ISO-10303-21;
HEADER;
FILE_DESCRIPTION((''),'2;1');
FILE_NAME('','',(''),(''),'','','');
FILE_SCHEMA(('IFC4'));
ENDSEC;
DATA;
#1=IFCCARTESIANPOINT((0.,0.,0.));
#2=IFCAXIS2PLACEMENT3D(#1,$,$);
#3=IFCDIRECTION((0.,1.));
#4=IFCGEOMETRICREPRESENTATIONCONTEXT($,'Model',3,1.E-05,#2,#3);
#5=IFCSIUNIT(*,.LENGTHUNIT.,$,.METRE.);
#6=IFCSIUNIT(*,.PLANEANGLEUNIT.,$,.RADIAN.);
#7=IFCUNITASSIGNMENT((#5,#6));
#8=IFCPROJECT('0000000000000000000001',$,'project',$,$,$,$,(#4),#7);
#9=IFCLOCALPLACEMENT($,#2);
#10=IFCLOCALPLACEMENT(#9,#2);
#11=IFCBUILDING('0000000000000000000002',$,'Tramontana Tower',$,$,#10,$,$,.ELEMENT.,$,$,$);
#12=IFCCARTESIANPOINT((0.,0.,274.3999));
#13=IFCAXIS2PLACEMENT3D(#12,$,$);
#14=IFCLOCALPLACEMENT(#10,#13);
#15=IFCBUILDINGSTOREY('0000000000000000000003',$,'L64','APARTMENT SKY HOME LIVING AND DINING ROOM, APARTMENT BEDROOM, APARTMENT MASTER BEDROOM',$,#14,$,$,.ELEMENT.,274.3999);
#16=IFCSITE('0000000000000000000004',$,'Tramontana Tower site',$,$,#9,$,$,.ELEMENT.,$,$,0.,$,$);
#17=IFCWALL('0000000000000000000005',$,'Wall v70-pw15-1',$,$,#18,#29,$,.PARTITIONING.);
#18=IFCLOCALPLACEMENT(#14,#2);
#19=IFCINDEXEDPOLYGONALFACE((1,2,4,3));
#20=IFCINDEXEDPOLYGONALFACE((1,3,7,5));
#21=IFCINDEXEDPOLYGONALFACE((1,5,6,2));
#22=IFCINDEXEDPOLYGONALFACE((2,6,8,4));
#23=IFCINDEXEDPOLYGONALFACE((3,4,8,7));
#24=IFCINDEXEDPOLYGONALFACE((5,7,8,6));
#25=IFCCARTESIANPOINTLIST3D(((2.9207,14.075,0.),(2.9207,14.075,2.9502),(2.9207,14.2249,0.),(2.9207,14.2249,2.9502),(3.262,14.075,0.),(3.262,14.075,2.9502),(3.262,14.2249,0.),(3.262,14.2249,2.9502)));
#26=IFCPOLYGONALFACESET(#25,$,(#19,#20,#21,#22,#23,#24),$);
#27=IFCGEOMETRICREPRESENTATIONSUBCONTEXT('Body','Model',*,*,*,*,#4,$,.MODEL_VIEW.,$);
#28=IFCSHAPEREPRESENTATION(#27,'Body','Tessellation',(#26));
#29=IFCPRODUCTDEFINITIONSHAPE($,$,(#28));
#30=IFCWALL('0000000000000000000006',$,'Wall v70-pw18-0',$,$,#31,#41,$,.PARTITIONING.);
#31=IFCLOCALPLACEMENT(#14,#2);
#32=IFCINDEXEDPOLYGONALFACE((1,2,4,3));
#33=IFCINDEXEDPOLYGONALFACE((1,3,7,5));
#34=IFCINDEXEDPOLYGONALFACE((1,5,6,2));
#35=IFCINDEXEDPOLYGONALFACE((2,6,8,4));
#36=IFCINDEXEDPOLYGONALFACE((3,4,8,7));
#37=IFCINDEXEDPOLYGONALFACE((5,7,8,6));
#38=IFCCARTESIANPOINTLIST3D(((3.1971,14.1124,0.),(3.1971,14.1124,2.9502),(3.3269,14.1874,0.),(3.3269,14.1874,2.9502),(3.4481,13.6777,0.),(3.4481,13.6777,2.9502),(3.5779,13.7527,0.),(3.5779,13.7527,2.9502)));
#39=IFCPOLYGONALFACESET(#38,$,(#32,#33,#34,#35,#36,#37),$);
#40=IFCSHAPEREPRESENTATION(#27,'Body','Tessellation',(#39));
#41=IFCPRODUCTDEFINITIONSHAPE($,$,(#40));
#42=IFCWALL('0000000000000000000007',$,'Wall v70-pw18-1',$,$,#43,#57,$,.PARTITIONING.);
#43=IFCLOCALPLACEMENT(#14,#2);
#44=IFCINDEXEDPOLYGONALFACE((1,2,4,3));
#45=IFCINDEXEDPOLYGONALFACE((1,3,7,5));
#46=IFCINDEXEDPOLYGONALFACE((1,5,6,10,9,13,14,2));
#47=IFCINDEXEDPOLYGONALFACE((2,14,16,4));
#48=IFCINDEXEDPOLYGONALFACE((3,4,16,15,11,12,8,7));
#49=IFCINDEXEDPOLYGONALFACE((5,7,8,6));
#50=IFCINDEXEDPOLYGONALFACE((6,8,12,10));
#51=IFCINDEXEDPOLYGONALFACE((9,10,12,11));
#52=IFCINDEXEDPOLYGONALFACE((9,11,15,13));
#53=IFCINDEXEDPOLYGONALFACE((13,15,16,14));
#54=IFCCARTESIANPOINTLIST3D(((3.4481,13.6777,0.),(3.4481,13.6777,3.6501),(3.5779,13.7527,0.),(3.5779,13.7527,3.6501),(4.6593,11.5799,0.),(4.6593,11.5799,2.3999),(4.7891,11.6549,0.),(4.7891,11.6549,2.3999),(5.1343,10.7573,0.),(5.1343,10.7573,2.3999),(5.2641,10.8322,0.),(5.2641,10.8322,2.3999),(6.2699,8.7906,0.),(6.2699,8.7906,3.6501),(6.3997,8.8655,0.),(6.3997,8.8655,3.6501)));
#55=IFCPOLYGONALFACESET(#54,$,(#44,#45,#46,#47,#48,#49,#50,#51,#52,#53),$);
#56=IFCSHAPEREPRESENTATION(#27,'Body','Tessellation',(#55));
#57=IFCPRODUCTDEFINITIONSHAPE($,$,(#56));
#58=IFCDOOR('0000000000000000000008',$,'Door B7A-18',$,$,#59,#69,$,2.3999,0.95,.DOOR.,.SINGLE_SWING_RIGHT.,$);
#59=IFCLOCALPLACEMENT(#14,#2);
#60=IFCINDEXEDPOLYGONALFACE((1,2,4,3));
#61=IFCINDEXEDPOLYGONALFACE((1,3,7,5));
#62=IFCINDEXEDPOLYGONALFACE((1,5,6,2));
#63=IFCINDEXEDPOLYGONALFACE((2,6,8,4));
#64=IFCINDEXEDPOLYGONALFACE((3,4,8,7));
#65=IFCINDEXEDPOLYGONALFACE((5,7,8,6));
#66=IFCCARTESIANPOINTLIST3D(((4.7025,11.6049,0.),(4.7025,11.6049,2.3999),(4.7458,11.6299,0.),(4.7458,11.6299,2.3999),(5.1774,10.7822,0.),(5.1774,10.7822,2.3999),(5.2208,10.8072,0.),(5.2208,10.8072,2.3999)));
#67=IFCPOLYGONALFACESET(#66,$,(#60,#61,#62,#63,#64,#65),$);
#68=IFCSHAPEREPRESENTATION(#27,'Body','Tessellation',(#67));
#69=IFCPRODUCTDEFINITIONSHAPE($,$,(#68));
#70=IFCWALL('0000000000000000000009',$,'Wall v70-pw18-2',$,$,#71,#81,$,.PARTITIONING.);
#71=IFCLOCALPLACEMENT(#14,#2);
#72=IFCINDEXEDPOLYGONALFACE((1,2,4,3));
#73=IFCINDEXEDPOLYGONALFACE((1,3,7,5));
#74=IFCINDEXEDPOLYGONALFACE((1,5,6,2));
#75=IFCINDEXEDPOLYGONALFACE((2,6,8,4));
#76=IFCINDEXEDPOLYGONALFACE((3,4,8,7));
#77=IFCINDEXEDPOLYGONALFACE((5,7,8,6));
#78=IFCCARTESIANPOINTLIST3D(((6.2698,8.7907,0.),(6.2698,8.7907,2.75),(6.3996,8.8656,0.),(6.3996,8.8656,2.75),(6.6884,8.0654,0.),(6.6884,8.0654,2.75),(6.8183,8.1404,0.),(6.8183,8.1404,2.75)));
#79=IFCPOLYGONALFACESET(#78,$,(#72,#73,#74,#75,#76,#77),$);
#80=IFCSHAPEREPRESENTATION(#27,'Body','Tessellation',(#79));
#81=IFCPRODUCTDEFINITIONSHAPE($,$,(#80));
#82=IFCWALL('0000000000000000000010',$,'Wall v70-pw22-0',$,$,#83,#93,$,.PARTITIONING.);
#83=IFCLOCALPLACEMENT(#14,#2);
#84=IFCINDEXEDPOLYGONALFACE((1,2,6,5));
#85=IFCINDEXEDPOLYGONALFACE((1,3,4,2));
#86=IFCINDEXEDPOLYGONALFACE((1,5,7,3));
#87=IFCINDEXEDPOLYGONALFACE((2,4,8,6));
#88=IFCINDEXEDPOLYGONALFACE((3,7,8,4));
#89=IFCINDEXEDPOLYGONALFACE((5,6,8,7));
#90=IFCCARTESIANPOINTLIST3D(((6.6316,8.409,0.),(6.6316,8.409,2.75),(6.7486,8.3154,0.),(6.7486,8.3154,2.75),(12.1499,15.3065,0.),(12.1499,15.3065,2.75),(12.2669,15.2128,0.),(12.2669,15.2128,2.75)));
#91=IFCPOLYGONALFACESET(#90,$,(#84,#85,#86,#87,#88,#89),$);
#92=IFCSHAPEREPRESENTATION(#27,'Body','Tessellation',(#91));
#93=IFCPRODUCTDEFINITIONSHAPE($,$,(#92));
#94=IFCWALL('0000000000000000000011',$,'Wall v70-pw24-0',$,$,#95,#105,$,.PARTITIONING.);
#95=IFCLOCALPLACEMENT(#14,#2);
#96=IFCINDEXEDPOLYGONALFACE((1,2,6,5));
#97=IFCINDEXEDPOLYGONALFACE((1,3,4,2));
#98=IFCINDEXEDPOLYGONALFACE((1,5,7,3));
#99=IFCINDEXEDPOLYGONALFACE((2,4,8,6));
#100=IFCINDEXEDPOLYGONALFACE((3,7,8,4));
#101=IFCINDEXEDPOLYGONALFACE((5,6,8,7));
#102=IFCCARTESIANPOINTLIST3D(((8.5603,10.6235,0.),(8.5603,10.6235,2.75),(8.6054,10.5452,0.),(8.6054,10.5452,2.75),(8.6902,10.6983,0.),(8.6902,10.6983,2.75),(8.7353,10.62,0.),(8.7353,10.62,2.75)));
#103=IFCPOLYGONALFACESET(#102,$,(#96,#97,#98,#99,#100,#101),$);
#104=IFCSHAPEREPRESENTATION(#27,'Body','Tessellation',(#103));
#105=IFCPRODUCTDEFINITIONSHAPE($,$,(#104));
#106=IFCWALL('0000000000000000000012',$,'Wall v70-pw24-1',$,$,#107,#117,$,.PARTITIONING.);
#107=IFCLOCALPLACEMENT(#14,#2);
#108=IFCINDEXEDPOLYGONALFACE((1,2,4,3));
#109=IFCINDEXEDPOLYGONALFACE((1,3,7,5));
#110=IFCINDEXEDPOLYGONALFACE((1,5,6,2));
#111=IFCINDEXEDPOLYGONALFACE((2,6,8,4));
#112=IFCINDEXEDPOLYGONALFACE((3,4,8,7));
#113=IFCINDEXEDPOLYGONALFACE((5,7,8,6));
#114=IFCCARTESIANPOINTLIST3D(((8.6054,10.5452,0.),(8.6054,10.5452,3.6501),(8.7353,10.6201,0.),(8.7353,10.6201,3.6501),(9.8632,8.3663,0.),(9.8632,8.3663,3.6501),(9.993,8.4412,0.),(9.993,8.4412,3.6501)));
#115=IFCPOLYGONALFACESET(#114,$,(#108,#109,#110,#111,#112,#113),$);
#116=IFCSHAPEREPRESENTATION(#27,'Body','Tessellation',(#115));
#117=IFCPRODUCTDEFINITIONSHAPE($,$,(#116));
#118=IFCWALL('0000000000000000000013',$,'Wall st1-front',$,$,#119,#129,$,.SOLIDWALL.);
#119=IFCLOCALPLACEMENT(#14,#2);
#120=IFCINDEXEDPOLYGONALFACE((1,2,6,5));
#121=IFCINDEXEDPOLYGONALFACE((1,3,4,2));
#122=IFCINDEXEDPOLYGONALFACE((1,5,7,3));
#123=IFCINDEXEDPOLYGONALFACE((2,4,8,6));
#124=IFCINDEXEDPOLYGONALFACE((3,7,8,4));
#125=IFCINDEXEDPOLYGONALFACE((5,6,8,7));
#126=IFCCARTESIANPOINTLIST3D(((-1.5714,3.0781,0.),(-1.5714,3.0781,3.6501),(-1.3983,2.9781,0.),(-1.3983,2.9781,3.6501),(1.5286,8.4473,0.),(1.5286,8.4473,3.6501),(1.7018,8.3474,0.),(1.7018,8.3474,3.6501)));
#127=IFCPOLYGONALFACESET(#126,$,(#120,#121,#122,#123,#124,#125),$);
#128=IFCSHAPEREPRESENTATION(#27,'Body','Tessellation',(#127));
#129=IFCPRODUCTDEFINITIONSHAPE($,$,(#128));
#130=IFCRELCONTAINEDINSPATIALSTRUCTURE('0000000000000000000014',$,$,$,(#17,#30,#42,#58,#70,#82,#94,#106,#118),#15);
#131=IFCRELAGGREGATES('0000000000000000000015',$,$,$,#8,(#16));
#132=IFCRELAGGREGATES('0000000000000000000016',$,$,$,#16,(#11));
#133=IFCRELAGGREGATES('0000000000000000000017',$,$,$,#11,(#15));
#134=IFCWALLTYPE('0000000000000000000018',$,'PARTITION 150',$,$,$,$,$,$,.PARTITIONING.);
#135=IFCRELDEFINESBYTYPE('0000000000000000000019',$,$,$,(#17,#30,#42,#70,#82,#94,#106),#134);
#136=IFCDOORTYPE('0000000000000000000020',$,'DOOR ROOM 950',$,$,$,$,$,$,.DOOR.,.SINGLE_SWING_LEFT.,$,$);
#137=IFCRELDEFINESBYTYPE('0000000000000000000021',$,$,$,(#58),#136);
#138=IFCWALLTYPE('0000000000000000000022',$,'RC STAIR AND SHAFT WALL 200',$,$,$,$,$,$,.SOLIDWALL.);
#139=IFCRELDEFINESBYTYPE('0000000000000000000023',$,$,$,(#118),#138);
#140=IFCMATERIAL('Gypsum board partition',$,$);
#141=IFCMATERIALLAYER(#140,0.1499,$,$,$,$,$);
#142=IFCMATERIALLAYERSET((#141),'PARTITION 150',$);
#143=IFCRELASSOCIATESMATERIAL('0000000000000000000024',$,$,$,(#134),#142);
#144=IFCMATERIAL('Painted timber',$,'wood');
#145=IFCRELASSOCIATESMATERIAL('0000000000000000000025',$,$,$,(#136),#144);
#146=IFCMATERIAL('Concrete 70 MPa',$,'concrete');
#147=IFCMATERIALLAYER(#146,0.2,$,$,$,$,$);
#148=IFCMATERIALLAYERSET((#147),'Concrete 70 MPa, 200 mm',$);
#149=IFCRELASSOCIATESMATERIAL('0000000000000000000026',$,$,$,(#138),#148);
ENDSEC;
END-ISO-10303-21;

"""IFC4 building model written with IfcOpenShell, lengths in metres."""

from ifc_helpers import new_model, si_unit, direction, frame, frame_2d, origin, place, context, subcontext, project, spatial, rectangle, extrude, material, layer, layer_set, type_object, element, fill, save


model = new_model("IFC4")

# Units and contexts
model_context = context("Model", 3, precision=1e-05, world=origin(), true_north=direction((0.0, 1.0)))
body_context = subcontext(model_context, "Body", "Model", "MODEL_VIEW")
ifc_project = project(units=[si_unit("LENGTHUNIT", "METRE"), si_unit("PLANEANGLEUNIT", "RADIAN")], contexts=[model_context])

# Site, building, storey
site_placement = place(None, origin())
site = spatial("IfcSite", under=ifc_project, at=site_placement, Name="Tramontana Tower site", CompositionType="ELEMENT", RefElevation=0.0)
building_placement = place(site_placement, origin())
building = spatial("IfcBuilding", under=site, at=building_placement, Name="Tramontana Tower", CompositionType="ELEMENT")
storey_placement = place(building_placement, frame((0.0, 0.0, 274.3999)))
storey = spatial("IfcBuildingStorey", under=building, at=storey_placement, Name="L64", Description="APARTMENT SKY HOME LIVING AND DINING ROOM, APARTMENT BEDROOM, APARTMENT MASTER BEDROOM", CompositionType="ELEMENT", Elevation=274.3999)

# Walls
ifc_material_1 = material(Name="Gypsum board partition")
ifc_layer_1 = layer(ifc_material_1, 0.1499)
ifc_layer_set_1 = layer_set([ifc_layer_1], Name="PARTITION 150")
wall_type_1 = type_object("IfcWallType", Name="PARTITION 150", PredefinedType="PARTITIONING", material=ifc_layer_set_1)
wall_1_placement = place(storey_placement, frame((2.9207, 14.1499, 0.0), z_axis=(0.0, 0.0, 1.0), x_axis=(1.0, 0.0, 0.0)))
element("IfcWall", 1, at=wall_1_placement, inside=storey, type_object=wall_type_1, Name="Wall v70-pw15-1", PredefinedType="PARTITIONING", context=body_context, shape_type="SweptSolid", body=[
    extrude(rectangle(XDim=0.3413, YDim=0.1499, at=frame_2d((0.1707, 0.0))), origin(), (0.0, 0.0, 1.0), 2.9502),
])
wall_2_placement = place(storey_placement, frame((3.262, 14.1499, 0.0), z_axis=(0.0, 0.0, 1.0), x_axis=(0.500115, -0.865959, 0.0)))
element("IfcWall", 2, at=wall_2_placement, inside=storey, type_object=wall_type_1, Name="Wall v70-pw18-0", PredefinedType="PARTITIONING", context=body_context, shape_type="SweptSolid", body=[
    extrude(rectangle(XDim=0.502, YDim=0.1499, at=frame_2d((0.251, 0.0))), origin(), (0.0, 0.0, 1.0), 2.9502),
])

# Wall, opening, door
wall_3_placement = place(storey_placement, frame((3.5129, 13.7153, 0.0), z_axis=(0.0, 0.0, 1.0), x_axis=(0.50002, -0.866014, 0.0)))
wall_3 = element("IfcWall", 3, at=wall_3_placement, inside=storey, type_object=wall_type_1, Name="Wall v70-pw18-1", PredefinedType="PARTITIONING", context=body_context, shape_type="SweptSolid", body=[
    extrude(rectangle(XDim=5.6433, YDim=0.1499, at=frame_2d((2.8218, 0.0))), origin(), (0.0, 0.0, 1.0), 3.6501),
])
opening_1_placement = place(wall_3_placement, frame((2.4224, 0.0, 0.0)))
opening_1 = element("IfcOpeningElement", 4, at=opening_1_placement, cuts=wall_3, PredefinedType="OPENING", context=body_context, shape_type="SweptSolid", body=[
    extrude(rectangle(XDim=0.95, YDim=2.3999, at=frame_2d((0.4751, 1.2))), frame((0.0, 0.085, 0.0), z_axis=(0.0, -1.0, 0.0), x_axis=(1.0, 0.0, 0.0)), (0.0, 0.0, 1.0), 0.1699),
])
ifc_material_2 = material(Name="Painted timber", Category="wood")
door_type_1 = type_object("IfcDoorType", Name="DOOR ROOM 950", OperationType="SINGLE_SWING_LEFT", PredefinedType="DOOR", material=ifc_material_2)
door_1_placement = place(opening_1_placement, origin())
door_1 = element("IfcDoor", 5, at=door_1_placement, inside=storey, type_object=door_type_1, Name="Door B7A-18", OperationType="SINGLE_SWING_RIGHT", OverallHeight=2.3999, OverallWidth=0.95, PredefinedType="DOOR", context=body_context, shape_type="SweptSolid", body=[
    extrude(rectangle(XDim=0.95, YDim=2.3999, at=frame_2d((0.4751, 1.2))), frame((0.0, 0.0249, 0.0), z_axis=(0.0, -1.0, 0.0), x_axis=(1.0, 0.0, 0.0)), (0.0, 0.0, 1.0), 0.05),
])
fill(opening_1, door_1)

# Walls
wall_4_placement = place(storey_placement, frame((6.3347, 8.8281, 0.0), z_axis=(0.0, 0.0, 1.0), x_axis=(0.499933, -0.866064, 0.0)))
element("IfcWall", 6, at=wall_4_placement, inside=storey, type_object=wall_type_1, Name="Wall v70-pw18-2", PredefinedType="PARTITIONING", context=body_context, shape_type="SweptSolid", body=[
    extrude(rectangle(XDim=0.8374, YDim=0.1499, at=frame_2d((0.4187, 0.0))), origin(), (0.0, 0.0, 1.0), 2.75),
])
wall_5_placement = place(storey_placement, frame((6.6902, 8.3623, 0.0), z_axis=(0.0, 0.0, 1.0), x_axis=(0.624719, 0.78085, 0.0)))
element("IfcWall", 7, at=wall_5_placement, inside=storey, type_object=wall_type_1, Name="Wall v70-pw22-0", PredefinedType="PARTITIONING", context=body_context, shape_type="SweptSolid", body=[
    extrude(rectangle(XDim=8.8333, YDim=0.1499, at=frame_2d((4.4165, 0.0))), origin(), (0.0, 0.0, 1.0), 2.75),
])
wall_6_placement = place(storey_placement, frame((8.6252, 10.6609, 0.0), z_axis=(0.0, 0.0, 1.0), x_axis=(0.499333, -0.86641, 0.0)))
element("IfcWall", 8, at=wall_6_placement, inside=storey, type_object=wall_type_1, Name="Wall v70-pw24-0", PredefinedType="PARTITIONING", context=body_context, shape_type="SweptSolid", body=[
    extrude(rectangle(XDim=0.0903, YDim=0.1499, at=frame_2d((0.0452, 0.0))), origin(), (0.0, 0.0, 1.0), 2.75),
])
wall_7_placement = place(storey_placement, frame((8.6704, 10.5825, 0.0), z_axis=(0.0, 0.0, 1.0), x_axis=(0.499938, -0.866061, 0.0)))
element("IfcWall", 9, at=wall_7_placement, inside=storey, type_object=wall_type_1, Name="Wall v70-pw24-1", PredefinedType="PARTITIONING", context=body_context, shape_type="SweptSolid", body=[
    extrude(rectangle(XDim=2.5159, YDim=0.1499, at=frame_2d((1.2578, 0.0))), origin(), (0.0, 0.0, 1.0), 3.6501),
])
ifc_material_3 = material(Name="Concrete 70 MPa", Category="concrete")
ifc_layer_2 = layer(ifc_material_3, 0.2)
ifc_layer_set_2 = layer_set([ifc_layer_2], Name="Concrete 70 MPa, 200 mm")
wall_type_2 = type_object("IfcWallType", Name="RC STAIR AND SHAFT WALL 200", PredefinedType="SOLIDWALL", material=ifc_layer_set_2)
wall_8_placement = place(storey_placement, frame((1.6152, 8.3975, 0.0), z_axis=(0.0, 0.0, 1.0), x_axis=(-0.50001, -0.86602, 0.0)))
element("IfcWall", 10, at=wall_8_placement, inside=storey, type_object=wall_type_2, Name="Wall st1-front", PredefinedType="SOLIDWALL", context=body_context, shape_type="SweptSolid", body=[
    extrude(rectangle(XDim=6.2, YDim=0.2, at=frame_2d((3.1001, 0.0))), origin(), (0.0, 0.0, 1.0), 3.6501),
])

save(model, "model.ifc")
